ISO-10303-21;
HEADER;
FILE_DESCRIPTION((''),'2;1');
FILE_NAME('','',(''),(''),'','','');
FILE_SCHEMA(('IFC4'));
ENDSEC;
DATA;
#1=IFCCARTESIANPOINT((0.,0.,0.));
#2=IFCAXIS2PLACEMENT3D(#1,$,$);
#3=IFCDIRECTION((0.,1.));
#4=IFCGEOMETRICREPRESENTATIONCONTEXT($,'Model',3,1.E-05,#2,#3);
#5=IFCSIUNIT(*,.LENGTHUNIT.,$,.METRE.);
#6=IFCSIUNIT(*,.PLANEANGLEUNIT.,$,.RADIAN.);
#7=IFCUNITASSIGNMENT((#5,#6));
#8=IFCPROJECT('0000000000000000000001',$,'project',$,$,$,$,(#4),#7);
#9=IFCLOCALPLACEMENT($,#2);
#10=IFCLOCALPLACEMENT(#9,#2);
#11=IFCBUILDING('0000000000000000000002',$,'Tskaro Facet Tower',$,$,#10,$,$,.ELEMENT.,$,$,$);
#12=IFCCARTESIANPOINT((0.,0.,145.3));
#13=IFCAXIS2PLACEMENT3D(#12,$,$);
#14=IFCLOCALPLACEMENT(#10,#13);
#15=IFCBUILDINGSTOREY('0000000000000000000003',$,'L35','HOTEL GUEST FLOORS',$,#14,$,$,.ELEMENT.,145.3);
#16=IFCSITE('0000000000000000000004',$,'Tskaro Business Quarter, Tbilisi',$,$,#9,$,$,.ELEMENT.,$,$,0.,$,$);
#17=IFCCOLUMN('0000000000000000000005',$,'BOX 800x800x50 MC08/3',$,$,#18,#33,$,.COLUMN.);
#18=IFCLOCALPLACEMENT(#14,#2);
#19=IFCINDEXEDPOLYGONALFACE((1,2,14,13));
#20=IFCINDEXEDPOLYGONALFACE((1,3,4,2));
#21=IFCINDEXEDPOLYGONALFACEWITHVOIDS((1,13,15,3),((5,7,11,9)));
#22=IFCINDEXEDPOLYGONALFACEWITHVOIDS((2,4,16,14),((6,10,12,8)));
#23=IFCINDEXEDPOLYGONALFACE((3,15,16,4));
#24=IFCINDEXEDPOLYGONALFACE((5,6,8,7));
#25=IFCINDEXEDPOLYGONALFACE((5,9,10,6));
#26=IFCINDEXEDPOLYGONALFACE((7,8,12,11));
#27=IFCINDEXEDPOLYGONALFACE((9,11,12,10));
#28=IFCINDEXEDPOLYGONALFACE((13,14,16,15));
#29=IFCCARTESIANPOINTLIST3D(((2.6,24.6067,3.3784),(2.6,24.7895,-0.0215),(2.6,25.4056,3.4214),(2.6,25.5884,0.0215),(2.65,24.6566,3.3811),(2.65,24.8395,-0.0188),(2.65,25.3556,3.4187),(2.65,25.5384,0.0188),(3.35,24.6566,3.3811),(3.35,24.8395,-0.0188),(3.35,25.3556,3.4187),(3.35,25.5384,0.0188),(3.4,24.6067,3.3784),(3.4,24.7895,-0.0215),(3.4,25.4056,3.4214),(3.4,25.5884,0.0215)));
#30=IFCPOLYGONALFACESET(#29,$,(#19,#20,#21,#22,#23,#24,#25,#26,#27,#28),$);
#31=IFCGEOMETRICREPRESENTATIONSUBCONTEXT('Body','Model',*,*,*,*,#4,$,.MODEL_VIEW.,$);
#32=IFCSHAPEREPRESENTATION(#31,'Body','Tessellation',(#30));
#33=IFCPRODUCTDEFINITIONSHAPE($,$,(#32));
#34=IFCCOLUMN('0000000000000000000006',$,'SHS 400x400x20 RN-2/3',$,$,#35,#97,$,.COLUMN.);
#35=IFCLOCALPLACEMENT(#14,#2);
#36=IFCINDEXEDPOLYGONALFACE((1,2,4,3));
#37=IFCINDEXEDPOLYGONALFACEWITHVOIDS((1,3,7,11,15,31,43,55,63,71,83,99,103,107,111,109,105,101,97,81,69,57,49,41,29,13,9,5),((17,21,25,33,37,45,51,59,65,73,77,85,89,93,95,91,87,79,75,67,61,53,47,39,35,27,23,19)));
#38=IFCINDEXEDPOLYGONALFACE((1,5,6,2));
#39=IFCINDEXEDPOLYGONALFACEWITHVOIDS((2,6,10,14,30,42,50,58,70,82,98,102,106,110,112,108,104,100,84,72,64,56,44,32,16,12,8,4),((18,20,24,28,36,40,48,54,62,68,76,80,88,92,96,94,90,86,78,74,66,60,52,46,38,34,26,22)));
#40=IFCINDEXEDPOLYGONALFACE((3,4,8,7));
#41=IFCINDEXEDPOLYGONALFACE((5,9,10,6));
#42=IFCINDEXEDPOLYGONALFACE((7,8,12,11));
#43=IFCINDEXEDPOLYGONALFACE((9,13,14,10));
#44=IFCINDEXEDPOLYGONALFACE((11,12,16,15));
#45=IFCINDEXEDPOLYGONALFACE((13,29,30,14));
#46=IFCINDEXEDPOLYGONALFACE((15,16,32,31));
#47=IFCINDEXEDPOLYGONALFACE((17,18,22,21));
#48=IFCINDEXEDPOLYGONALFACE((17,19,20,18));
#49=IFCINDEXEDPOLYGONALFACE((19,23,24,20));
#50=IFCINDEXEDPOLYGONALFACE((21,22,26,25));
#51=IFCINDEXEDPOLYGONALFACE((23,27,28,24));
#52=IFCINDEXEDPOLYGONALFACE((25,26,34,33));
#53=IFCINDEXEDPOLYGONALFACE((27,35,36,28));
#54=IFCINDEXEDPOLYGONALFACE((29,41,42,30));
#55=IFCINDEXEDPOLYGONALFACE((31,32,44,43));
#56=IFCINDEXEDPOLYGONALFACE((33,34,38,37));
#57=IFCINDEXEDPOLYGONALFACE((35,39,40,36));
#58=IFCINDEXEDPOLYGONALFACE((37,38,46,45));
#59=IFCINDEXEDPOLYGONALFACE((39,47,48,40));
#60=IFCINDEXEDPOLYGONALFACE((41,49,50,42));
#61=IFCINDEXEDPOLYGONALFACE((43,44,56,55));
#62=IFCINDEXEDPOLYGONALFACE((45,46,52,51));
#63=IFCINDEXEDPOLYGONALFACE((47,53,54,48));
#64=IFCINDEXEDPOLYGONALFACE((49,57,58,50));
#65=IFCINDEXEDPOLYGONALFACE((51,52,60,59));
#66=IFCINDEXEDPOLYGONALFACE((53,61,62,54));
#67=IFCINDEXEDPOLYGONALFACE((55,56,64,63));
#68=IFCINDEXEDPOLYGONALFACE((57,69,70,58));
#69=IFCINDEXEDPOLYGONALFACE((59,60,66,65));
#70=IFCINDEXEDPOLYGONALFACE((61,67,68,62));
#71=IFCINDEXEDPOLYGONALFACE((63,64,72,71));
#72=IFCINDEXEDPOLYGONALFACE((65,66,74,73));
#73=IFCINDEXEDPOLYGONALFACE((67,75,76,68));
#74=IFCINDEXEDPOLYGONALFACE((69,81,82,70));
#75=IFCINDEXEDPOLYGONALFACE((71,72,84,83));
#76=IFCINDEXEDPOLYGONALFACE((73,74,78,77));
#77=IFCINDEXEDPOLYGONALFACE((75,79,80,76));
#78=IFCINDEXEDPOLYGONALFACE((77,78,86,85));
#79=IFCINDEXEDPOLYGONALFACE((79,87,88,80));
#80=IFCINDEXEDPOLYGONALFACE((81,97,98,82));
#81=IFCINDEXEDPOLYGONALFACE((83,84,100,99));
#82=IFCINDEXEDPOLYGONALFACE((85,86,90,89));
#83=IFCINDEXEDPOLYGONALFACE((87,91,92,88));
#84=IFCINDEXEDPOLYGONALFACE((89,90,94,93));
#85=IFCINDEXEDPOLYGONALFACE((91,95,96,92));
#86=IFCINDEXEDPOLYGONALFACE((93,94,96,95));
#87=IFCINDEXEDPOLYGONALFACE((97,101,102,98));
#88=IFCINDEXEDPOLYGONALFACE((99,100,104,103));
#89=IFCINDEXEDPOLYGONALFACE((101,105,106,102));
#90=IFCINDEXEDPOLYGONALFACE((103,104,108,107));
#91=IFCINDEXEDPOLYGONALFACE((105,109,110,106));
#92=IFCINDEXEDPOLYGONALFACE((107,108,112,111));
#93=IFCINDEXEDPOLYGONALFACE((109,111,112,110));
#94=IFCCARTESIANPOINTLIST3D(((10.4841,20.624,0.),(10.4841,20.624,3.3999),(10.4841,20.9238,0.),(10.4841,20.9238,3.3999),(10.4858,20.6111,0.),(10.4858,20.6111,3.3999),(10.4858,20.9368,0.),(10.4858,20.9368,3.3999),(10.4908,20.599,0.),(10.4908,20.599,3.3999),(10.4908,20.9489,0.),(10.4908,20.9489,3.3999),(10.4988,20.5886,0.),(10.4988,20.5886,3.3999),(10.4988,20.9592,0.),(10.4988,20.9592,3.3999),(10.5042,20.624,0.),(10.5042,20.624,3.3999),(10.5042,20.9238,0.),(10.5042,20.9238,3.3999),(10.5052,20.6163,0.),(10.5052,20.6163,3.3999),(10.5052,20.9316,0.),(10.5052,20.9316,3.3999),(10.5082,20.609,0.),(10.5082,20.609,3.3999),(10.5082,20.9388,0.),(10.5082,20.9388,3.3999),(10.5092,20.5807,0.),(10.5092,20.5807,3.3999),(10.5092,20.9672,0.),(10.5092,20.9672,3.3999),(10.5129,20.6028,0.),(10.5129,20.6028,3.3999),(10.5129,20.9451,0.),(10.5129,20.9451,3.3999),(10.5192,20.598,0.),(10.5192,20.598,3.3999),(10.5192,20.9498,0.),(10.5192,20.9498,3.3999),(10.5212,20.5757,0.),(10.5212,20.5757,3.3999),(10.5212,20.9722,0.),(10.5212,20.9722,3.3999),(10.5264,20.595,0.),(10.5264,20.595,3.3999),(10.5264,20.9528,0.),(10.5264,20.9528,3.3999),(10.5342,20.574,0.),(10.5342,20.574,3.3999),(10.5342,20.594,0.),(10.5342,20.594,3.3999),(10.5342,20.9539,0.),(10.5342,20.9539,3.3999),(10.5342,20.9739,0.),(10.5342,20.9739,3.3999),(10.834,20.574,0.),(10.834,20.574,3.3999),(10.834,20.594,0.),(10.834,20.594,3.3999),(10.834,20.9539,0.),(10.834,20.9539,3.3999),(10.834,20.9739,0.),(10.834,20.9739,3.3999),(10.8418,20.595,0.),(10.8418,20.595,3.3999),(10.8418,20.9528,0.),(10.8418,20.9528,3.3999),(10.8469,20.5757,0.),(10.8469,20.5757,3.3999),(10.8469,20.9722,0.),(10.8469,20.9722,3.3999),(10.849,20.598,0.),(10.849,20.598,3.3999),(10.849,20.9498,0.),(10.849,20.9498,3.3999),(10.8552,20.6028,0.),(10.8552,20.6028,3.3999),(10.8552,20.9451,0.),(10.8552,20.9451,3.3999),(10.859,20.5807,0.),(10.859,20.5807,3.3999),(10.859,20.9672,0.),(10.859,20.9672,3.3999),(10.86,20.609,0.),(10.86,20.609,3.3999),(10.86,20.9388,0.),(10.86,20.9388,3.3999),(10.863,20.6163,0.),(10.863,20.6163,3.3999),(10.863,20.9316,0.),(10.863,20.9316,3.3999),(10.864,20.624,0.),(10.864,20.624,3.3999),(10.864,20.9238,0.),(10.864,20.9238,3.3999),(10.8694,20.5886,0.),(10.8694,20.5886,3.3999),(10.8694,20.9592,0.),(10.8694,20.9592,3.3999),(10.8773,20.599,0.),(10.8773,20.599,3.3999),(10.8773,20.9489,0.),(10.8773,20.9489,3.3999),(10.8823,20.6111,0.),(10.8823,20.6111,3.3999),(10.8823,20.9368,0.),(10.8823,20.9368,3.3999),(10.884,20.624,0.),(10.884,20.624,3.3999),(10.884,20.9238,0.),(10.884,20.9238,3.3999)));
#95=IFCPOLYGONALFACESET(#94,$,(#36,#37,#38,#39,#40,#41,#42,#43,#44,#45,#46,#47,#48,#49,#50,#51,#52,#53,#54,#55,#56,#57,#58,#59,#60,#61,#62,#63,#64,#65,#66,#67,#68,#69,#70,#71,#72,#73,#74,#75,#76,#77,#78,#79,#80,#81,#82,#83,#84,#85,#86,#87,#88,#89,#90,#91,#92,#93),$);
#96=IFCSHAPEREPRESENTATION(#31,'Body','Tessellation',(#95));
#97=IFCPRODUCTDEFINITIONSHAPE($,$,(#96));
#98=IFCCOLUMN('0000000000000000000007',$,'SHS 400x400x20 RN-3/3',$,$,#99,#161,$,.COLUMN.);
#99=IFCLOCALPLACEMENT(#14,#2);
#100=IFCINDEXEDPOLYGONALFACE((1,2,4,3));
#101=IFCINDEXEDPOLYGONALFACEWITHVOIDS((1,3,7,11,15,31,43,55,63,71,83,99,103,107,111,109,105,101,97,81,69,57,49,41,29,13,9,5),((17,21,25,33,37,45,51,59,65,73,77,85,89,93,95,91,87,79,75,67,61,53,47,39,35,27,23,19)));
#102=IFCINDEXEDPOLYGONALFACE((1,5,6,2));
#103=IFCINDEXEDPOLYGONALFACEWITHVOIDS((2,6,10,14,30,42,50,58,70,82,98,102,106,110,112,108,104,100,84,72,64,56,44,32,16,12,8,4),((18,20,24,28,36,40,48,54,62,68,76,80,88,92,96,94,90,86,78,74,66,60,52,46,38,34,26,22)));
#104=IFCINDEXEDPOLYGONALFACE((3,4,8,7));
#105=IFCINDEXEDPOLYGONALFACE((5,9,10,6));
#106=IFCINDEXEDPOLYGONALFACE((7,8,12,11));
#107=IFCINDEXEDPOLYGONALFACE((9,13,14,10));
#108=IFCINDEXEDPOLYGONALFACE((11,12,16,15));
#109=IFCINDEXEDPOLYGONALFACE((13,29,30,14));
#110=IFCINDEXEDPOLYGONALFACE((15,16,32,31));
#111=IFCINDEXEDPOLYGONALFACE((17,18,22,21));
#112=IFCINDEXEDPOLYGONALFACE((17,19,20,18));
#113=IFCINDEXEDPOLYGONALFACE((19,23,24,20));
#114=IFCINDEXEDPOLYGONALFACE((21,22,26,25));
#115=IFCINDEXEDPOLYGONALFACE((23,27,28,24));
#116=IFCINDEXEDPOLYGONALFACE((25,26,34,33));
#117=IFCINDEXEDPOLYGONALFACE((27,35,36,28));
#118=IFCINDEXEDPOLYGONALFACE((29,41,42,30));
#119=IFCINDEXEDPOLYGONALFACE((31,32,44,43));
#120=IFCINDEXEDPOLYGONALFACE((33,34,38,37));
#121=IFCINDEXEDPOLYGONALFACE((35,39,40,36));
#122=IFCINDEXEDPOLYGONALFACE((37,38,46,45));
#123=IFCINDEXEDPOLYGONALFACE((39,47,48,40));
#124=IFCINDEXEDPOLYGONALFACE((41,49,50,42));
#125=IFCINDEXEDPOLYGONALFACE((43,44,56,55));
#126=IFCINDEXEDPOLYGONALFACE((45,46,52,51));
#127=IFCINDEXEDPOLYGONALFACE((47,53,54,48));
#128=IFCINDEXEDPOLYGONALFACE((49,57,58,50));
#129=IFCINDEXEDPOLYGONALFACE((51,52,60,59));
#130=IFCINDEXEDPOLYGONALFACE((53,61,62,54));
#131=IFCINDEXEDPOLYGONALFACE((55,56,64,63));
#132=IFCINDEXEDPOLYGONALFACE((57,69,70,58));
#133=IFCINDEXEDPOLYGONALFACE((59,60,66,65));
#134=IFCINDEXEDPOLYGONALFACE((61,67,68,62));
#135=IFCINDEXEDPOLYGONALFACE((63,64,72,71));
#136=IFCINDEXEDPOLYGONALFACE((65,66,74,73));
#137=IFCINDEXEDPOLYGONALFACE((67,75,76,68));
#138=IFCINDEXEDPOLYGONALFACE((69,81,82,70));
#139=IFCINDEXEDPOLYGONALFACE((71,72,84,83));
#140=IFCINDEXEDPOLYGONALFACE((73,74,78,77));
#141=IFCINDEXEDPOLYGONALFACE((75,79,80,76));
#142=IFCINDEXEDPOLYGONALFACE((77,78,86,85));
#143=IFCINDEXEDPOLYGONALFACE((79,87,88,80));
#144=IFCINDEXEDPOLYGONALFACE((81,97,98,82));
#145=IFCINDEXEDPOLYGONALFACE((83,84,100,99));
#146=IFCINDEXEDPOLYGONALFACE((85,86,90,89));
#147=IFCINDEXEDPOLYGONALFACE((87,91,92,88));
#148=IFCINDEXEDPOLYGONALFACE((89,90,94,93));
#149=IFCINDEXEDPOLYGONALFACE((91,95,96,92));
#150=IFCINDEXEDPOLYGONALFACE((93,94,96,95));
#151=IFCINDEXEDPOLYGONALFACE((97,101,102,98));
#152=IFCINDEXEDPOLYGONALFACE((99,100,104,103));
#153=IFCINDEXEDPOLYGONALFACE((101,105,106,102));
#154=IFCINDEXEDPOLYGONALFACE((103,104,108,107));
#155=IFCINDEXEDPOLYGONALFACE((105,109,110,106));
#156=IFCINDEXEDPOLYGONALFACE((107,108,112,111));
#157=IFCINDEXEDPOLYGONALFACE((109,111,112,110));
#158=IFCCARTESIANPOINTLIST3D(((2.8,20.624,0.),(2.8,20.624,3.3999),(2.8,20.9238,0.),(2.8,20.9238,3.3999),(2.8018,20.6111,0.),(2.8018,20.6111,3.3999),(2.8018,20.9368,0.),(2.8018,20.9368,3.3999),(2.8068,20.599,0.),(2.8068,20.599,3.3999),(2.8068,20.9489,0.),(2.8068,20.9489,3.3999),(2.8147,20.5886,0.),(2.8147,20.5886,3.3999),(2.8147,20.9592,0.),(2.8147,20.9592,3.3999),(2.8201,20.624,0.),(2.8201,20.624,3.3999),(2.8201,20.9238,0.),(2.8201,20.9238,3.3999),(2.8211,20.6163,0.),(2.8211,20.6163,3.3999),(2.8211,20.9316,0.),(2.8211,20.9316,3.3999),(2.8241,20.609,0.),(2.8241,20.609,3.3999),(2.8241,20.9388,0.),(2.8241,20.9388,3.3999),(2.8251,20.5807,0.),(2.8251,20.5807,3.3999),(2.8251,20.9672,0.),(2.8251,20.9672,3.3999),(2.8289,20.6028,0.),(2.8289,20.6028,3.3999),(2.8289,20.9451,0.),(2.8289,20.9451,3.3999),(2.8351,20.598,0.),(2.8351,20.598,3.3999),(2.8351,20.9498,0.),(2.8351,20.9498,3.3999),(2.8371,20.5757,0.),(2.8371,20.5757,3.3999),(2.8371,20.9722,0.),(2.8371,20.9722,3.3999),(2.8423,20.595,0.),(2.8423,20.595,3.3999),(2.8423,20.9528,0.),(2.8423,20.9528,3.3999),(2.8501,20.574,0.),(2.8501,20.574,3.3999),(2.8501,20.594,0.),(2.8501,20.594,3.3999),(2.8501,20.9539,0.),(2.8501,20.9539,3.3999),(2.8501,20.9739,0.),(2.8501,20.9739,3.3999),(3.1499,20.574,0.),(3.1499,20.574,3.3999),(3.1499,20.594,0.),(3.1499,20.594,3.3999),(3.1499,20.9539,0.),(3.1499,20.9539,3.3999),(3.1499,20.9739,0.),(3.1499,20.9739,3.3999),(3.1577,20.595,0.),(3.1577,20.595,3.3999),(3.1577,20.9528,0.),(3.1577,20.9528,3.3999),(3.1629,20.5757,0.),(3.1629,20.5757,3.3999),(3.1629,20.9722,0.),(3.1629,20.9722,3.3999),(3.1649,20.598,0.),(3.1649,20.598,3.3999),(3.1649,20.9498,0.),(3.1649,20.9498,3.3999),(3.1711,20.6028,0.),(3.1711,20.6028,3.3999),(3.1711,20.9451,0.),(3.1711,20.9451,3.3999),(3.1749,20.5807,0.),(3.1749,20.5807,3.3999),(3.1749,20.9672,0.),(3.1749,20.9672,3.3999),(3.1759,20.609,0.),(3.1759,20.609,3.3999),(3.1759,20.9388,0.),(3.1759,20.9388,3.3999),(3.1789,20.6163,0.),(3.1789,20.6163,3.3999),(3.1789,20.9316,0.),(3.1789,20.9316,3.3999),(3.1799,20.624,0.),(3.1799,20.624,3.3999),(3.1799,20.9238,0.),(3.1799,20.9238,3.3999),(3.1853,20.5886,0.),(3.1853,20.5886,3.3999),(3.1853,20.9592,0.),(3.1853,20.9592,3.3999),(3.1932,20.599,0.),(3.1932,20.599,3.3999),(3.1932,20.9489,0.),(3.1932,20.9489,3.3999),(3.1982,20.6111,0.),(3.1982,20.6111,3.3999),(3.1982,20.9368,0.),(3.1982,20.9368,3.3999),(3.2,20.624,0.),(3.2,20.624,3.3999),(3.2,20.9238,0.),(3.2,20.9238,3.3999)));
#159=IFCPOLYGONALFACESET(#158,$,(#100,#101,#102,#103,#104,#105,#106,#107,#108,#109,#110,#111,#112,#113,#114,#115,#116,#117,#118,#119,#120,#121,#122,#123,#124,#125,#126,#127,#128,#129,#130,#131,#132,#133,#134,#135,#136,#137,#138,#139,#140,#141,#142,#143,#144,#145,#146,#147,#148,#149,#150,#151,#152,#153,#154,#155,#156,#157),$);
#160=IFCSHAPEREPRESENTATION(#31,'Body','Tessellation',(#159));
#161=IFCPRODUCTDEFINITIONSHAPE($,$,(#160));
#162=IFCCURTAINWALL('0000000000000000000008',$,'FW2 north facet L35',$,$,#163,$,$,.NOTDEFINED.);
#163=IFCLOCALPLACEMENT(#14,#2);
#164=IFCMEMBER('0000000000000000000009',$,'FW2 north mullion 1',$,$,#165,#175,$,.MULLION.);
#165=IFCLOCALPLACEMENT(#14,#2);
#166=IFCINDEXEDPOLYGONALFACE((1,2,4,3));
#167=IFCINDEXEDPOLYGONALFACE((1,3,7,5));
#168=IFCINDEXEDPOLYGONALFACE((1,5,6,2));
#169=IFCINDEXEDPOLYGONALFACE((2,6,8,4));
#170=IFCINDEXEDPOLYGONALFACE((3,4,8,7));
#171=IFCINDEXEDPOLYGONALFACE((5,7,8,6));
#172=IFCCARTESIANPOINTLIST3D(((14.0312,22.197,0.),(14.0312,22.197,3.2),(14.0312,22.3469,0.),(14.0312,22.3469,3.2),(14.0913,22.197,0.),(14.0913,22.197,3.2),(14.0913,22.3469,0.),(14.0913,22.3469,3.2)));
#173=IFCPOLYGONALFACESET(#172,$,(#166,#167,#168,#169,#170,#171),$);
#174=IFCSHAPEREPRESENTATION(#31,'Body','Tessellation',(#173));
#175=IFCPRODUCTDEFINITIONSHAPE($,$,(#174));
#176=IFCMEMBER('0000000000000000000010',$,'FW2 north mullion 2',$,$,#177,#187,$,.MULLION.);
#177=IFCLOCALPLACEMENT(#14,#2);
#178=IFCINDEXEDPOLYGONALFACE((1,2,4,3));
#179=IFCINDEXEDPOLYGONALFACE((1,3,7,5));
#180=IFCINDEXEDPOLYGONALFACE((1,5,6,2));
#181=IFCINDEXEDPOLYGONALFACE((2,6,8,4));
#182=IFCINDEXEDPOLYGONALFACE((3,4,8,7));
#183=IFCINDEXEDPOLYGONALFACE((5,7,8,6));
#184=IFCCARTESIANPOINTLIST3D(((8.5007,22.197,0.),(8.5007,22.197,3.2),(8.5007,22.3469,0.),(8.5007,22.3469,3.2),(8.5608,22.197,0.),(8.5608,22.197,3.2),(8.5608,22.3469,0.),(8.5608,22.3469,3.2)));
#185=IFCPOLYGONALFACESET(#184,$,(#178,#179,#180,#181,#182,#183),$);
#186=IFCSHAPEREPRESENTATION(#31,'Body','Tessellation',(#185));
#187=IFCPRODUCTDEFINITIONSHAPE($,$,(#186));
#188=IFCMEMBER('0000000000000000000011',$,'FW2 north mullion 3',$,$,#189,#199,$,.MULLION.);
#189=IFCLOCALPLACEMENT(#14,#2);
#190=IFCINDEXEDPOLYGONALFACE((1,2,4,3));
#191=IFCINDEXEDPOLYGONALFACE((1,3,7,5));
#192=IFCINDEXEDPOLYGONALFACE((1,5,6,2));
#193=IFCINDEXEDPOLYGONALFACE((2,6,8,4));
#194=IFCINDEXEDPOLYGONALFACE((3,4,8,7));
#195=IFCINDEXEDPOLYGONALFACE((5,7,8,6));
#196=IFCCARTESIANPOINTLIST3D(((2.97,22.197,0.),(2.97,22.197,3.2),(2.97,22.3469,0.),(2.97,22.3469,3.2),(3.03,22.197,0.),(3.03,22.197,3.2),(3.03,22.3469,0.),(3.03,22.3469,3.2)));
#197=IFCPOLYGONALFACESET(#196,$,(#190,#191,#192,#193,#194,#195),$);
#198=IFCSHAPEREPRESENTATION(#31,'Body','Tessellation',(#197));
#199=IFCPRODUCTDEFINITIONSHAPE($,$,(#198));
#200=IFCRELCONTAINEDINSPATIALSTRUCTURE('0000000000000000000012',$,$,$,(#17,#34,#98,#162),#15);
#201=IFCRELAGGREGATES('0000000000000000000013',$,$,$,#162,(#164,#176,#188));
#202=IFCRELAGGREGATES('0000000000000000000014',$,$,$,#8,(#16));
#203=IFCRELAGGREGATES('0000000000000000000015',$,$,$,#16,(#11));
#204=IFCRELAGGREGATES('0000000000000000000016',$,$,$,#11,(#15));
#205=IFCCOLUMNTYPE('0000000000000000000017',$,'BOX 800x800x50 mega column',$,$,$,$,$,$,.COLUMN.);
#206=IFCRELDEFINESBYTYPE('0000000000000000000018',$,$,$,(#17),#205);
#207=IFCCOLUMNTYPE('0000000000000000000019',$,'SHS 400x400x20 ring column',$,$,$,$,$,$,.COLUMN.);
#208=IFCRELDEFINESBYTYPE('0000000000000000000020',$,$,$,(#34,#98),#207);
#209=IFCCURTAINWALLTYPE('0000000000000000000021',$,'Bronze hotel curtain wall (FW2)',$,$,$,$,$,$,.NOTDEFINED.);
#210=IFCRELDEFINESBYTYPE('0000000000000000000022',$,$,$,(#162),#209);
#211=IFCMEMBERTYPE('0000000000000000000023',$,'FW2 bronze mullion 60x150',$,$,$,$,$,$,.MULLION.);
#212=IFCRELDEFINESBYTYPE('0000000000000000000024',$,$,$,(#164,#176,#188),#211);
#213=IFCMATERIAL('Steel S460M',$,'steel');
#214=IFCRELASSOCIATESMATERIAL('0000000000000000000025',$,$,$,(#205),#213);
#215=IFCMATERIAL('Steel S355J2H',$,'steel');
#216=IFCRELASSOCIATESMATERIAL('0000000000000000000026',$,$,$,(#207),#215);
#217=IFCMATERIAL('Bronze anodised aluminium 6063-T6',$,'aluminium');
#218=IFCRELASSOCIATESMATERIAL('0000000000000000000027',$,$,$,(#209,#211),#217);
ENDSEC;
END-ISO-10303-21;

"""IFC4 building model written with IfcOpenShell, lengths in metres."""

from ifc_helpers import new_model, si_unit, direction, frame, origin, origin_2d, place, context, subcontext, project, spatial, rectangle, hollow_rectangle, extrude, material, material_profile, profile_set, type_object, element, aggregate, save


model = new_model("IFC4")

# Units and contexts
model_context = context("Model", 3, precision=1e-05, world=origin(), true_north=direction((0.0, 1.0)))
body_context = subcontext(model_context, "Body", "Model", "MODEL_VIEW")
ifc_project = project(units=[si_unit("LENGTHUNIT", "METRE"), si_unit("PLANEANGLEUNIT", "RADIAN")], contexts=[model_context])

# Site, building, storey
site_placement = place(None, origin())
site = spatial("IfcSite", under=ifc_project, at=site_placement, Name="Tskaro Business Quarter, Tbilisi", CompositionType="ELEMENT", RefElevation=0.0)
building_placement = place(site_placement, origin())
building = spatial("IfcBuilding", under=site, at=building_placement, Name="Tskaro Facet Tower", CompositionType="ELEMENT")
storey_placement = place(building_placement, frame((0.0, 0.0, 145.3)))
storey = spatial("IfcBuildingStorey", under=building, at=storey_placement, Name="L35", Description="HOTEL GUEST FLOORS", CompositionType="ELEMENT", Elevation=145.3)

# Columns
ifc_material_1 = material(Name="Steel S460M", Category="steel")
ifc_material_profile_1 = material_profile(ifc_material_1, hollow_rectangle(XDim=0.8, YDim=0.8, WallThickness=0.05, at=origin_2d()), Name="BOX 800x800x50")
ifc_profile_set_1 = profile_set([ifc_material_profile_1], Name="Steel S460M")
column_type_1 = type_object("IfcColumnType", Name="BOX 800x800x50 mega column", PredefinedType="COLUMN", material=ifc_profile_set_1)
column_placement = place(storey_placement, frame((3.0, 25.189, 0.0), z_axis=(0.0, -0.053707, 0.998557), x_axis=(1.0, 0.0, 0.0)))
element("IfcColumn", 1, at=column_placement, inside=storey, type_object=column_type_1, Name="BOX 800x800x50 MC08/3", PredefinedType="COLUMN", context=body_context, shape_type="SweptSolid", body=[
    extrude(hollow_rectangle(XDim=0.8, YDim=0.8, WallThickness=0.05, at=origin_2d()), origin(), (0.0, 0.0, 1.0), 3.4048),
])
ifc_material_2 = material(Name="Steel S355J2H", Category="steel")
ifc_material_profile_2 = material_profile(ifc_material_2, hollow_rectangle(XDim=0.3999, YDim=0.3999, WallThickness=0.02, InnerFilletRadius=0.03, OuterFilletRadius=0.05, at=origin_2d()), Name="SHS 400x400x20")
ifc_profile_set_2 = profile_set([ifc_material_profile_2], Name="Steel S355J2H")
column_type_2 = type_object("IfcColumnType", Name="SHS 400x400x20 ring column", PredefinedType="COLUMN", material=ifc_profile_set_2)
for number, where, z_axis, x_axis, name in (
    (2, (10.6841, 20.7739, 0.0), (0.0, 0.0, 1.0), (1.0, 0.0, 0.0), "SHS 400x400x20 RN-2/3"),
    (3, (3.0, 20.7739, 0.0), (0.0, 0.0, 1.0), (1.0, 0.0, 0.0), "SHS 400x400x20 RN-3/3"),
):
    element("IfcColumn", number, at=place(storey_placement, frame(where, z_axis=z_axis, x_axis=x_axis)), inside=storey, type_object=column_type_2, Name=name, PredefinedType="COLUMN", context=body_context, shape_type="SweptSolid", body=[
        extrude(hollow_rectangle(XDim=0.3999, YDim=0.3999, WallThickness=0.02, InnerFilletRadius=0.03, OuterFilletRadius=0.05, at=origin_2d()), origin(), (0.0, 0.0, 1.0), 3.3999),
    ])

# Curtain wall, members
ifc_material_3 = material(Name="Bronze anodised aluminium 6063-T6", Category="aluminium")
curtain_wall_type = type_object("IfcCurtainWallType", Name="Bronze hotel curtain wall (FW2)", PredefinedType="NOTDEFINED", material=ifc_material_3)
curtain_wall_placement = place(storey_placement, origin())
curtain_wall = element("IfcCurtainWall", 4, at=curtain_wall_placement, inside=storey, type_object=curtain_wall_type, Name="FW2 north facet L35", PredefinedType="NOTDEFINED")
ifc_material_profile_3 = material_profile(ifc_material_3, rectangle(XDim=0.0601, YDim=0.1499, at=origin_2d()), Name="Mullion 60x150")
ifc_profile_set_3 = profile_set([ifc_material_profile_3], Name="Bronze anodised aluminium 6063-T6")
member_type_1 = type_object("IfcMemberType", Name="FW2 bronze mullion 60x150", PredefinedType="MULLION", material=ifc_profile_set_3)
member_1_placement = place(storey_placement, frame((14.0613, 22.272, 0.0), z_axis=(0.0, 0.0, 1.0), x_axis=(-1.0, 0.0, 0.0)))
member_1 = element("IfcMember", 5, at=member_1_placement, type_object=member_type_1, Name="FW2 north mullion 1", PredefinedType="MULLION", context=body_context, shape_type="SweptSolid", body=[
    extrude(rectangle(XDim=0.0601, YDim=0.1499, at=origin_2d()), origin(), (0.0, 0.0, 1.0), 3.2),
])
member_2_placement = place(storey_placement, frame((8.5308, 22.272, 0.0), z_axis=(0.0, 0.0, 1.0), x_axis=(-1.0, 0.0, 0.0)))
member_2 = element("IfcMember", 6, at=member_2_placement, type_object=member_type_1, Name="FW2 north mullion 2", PredefinedType="MULLION", context=body_context, shape_type="SweptSolid", body=[
    extrude(rectangle(XDim=0.0601, YDim=0.1499, at=origin_2d()), origin(), (0.0, 0.0, 1.0), 3.2),
])
member_3_placement = place(storey_placement, frame((3.0, 22.272, 0.0), z_axis=(0.0, 0.0, 1.0), x_axis=(-1.0, 0.0, 0.0)))
member_3 = element("IfcMember", 7, at=member_3_placement, type_object=member_type_1, Name="FW2 north mullion 3", PredefinedType="MULLION", context=body_context, shape_type="SweptSolid", body=[
    extrude(rectangle(XDim=0.0601, YDim=0.1499, at=origin_2d()), origin(), (0.0, 0.0, 1.0), 3.2),
])

aggregate(curtain_wall, [member_1, member_2, member_3])

save(model, "model.ifc")
